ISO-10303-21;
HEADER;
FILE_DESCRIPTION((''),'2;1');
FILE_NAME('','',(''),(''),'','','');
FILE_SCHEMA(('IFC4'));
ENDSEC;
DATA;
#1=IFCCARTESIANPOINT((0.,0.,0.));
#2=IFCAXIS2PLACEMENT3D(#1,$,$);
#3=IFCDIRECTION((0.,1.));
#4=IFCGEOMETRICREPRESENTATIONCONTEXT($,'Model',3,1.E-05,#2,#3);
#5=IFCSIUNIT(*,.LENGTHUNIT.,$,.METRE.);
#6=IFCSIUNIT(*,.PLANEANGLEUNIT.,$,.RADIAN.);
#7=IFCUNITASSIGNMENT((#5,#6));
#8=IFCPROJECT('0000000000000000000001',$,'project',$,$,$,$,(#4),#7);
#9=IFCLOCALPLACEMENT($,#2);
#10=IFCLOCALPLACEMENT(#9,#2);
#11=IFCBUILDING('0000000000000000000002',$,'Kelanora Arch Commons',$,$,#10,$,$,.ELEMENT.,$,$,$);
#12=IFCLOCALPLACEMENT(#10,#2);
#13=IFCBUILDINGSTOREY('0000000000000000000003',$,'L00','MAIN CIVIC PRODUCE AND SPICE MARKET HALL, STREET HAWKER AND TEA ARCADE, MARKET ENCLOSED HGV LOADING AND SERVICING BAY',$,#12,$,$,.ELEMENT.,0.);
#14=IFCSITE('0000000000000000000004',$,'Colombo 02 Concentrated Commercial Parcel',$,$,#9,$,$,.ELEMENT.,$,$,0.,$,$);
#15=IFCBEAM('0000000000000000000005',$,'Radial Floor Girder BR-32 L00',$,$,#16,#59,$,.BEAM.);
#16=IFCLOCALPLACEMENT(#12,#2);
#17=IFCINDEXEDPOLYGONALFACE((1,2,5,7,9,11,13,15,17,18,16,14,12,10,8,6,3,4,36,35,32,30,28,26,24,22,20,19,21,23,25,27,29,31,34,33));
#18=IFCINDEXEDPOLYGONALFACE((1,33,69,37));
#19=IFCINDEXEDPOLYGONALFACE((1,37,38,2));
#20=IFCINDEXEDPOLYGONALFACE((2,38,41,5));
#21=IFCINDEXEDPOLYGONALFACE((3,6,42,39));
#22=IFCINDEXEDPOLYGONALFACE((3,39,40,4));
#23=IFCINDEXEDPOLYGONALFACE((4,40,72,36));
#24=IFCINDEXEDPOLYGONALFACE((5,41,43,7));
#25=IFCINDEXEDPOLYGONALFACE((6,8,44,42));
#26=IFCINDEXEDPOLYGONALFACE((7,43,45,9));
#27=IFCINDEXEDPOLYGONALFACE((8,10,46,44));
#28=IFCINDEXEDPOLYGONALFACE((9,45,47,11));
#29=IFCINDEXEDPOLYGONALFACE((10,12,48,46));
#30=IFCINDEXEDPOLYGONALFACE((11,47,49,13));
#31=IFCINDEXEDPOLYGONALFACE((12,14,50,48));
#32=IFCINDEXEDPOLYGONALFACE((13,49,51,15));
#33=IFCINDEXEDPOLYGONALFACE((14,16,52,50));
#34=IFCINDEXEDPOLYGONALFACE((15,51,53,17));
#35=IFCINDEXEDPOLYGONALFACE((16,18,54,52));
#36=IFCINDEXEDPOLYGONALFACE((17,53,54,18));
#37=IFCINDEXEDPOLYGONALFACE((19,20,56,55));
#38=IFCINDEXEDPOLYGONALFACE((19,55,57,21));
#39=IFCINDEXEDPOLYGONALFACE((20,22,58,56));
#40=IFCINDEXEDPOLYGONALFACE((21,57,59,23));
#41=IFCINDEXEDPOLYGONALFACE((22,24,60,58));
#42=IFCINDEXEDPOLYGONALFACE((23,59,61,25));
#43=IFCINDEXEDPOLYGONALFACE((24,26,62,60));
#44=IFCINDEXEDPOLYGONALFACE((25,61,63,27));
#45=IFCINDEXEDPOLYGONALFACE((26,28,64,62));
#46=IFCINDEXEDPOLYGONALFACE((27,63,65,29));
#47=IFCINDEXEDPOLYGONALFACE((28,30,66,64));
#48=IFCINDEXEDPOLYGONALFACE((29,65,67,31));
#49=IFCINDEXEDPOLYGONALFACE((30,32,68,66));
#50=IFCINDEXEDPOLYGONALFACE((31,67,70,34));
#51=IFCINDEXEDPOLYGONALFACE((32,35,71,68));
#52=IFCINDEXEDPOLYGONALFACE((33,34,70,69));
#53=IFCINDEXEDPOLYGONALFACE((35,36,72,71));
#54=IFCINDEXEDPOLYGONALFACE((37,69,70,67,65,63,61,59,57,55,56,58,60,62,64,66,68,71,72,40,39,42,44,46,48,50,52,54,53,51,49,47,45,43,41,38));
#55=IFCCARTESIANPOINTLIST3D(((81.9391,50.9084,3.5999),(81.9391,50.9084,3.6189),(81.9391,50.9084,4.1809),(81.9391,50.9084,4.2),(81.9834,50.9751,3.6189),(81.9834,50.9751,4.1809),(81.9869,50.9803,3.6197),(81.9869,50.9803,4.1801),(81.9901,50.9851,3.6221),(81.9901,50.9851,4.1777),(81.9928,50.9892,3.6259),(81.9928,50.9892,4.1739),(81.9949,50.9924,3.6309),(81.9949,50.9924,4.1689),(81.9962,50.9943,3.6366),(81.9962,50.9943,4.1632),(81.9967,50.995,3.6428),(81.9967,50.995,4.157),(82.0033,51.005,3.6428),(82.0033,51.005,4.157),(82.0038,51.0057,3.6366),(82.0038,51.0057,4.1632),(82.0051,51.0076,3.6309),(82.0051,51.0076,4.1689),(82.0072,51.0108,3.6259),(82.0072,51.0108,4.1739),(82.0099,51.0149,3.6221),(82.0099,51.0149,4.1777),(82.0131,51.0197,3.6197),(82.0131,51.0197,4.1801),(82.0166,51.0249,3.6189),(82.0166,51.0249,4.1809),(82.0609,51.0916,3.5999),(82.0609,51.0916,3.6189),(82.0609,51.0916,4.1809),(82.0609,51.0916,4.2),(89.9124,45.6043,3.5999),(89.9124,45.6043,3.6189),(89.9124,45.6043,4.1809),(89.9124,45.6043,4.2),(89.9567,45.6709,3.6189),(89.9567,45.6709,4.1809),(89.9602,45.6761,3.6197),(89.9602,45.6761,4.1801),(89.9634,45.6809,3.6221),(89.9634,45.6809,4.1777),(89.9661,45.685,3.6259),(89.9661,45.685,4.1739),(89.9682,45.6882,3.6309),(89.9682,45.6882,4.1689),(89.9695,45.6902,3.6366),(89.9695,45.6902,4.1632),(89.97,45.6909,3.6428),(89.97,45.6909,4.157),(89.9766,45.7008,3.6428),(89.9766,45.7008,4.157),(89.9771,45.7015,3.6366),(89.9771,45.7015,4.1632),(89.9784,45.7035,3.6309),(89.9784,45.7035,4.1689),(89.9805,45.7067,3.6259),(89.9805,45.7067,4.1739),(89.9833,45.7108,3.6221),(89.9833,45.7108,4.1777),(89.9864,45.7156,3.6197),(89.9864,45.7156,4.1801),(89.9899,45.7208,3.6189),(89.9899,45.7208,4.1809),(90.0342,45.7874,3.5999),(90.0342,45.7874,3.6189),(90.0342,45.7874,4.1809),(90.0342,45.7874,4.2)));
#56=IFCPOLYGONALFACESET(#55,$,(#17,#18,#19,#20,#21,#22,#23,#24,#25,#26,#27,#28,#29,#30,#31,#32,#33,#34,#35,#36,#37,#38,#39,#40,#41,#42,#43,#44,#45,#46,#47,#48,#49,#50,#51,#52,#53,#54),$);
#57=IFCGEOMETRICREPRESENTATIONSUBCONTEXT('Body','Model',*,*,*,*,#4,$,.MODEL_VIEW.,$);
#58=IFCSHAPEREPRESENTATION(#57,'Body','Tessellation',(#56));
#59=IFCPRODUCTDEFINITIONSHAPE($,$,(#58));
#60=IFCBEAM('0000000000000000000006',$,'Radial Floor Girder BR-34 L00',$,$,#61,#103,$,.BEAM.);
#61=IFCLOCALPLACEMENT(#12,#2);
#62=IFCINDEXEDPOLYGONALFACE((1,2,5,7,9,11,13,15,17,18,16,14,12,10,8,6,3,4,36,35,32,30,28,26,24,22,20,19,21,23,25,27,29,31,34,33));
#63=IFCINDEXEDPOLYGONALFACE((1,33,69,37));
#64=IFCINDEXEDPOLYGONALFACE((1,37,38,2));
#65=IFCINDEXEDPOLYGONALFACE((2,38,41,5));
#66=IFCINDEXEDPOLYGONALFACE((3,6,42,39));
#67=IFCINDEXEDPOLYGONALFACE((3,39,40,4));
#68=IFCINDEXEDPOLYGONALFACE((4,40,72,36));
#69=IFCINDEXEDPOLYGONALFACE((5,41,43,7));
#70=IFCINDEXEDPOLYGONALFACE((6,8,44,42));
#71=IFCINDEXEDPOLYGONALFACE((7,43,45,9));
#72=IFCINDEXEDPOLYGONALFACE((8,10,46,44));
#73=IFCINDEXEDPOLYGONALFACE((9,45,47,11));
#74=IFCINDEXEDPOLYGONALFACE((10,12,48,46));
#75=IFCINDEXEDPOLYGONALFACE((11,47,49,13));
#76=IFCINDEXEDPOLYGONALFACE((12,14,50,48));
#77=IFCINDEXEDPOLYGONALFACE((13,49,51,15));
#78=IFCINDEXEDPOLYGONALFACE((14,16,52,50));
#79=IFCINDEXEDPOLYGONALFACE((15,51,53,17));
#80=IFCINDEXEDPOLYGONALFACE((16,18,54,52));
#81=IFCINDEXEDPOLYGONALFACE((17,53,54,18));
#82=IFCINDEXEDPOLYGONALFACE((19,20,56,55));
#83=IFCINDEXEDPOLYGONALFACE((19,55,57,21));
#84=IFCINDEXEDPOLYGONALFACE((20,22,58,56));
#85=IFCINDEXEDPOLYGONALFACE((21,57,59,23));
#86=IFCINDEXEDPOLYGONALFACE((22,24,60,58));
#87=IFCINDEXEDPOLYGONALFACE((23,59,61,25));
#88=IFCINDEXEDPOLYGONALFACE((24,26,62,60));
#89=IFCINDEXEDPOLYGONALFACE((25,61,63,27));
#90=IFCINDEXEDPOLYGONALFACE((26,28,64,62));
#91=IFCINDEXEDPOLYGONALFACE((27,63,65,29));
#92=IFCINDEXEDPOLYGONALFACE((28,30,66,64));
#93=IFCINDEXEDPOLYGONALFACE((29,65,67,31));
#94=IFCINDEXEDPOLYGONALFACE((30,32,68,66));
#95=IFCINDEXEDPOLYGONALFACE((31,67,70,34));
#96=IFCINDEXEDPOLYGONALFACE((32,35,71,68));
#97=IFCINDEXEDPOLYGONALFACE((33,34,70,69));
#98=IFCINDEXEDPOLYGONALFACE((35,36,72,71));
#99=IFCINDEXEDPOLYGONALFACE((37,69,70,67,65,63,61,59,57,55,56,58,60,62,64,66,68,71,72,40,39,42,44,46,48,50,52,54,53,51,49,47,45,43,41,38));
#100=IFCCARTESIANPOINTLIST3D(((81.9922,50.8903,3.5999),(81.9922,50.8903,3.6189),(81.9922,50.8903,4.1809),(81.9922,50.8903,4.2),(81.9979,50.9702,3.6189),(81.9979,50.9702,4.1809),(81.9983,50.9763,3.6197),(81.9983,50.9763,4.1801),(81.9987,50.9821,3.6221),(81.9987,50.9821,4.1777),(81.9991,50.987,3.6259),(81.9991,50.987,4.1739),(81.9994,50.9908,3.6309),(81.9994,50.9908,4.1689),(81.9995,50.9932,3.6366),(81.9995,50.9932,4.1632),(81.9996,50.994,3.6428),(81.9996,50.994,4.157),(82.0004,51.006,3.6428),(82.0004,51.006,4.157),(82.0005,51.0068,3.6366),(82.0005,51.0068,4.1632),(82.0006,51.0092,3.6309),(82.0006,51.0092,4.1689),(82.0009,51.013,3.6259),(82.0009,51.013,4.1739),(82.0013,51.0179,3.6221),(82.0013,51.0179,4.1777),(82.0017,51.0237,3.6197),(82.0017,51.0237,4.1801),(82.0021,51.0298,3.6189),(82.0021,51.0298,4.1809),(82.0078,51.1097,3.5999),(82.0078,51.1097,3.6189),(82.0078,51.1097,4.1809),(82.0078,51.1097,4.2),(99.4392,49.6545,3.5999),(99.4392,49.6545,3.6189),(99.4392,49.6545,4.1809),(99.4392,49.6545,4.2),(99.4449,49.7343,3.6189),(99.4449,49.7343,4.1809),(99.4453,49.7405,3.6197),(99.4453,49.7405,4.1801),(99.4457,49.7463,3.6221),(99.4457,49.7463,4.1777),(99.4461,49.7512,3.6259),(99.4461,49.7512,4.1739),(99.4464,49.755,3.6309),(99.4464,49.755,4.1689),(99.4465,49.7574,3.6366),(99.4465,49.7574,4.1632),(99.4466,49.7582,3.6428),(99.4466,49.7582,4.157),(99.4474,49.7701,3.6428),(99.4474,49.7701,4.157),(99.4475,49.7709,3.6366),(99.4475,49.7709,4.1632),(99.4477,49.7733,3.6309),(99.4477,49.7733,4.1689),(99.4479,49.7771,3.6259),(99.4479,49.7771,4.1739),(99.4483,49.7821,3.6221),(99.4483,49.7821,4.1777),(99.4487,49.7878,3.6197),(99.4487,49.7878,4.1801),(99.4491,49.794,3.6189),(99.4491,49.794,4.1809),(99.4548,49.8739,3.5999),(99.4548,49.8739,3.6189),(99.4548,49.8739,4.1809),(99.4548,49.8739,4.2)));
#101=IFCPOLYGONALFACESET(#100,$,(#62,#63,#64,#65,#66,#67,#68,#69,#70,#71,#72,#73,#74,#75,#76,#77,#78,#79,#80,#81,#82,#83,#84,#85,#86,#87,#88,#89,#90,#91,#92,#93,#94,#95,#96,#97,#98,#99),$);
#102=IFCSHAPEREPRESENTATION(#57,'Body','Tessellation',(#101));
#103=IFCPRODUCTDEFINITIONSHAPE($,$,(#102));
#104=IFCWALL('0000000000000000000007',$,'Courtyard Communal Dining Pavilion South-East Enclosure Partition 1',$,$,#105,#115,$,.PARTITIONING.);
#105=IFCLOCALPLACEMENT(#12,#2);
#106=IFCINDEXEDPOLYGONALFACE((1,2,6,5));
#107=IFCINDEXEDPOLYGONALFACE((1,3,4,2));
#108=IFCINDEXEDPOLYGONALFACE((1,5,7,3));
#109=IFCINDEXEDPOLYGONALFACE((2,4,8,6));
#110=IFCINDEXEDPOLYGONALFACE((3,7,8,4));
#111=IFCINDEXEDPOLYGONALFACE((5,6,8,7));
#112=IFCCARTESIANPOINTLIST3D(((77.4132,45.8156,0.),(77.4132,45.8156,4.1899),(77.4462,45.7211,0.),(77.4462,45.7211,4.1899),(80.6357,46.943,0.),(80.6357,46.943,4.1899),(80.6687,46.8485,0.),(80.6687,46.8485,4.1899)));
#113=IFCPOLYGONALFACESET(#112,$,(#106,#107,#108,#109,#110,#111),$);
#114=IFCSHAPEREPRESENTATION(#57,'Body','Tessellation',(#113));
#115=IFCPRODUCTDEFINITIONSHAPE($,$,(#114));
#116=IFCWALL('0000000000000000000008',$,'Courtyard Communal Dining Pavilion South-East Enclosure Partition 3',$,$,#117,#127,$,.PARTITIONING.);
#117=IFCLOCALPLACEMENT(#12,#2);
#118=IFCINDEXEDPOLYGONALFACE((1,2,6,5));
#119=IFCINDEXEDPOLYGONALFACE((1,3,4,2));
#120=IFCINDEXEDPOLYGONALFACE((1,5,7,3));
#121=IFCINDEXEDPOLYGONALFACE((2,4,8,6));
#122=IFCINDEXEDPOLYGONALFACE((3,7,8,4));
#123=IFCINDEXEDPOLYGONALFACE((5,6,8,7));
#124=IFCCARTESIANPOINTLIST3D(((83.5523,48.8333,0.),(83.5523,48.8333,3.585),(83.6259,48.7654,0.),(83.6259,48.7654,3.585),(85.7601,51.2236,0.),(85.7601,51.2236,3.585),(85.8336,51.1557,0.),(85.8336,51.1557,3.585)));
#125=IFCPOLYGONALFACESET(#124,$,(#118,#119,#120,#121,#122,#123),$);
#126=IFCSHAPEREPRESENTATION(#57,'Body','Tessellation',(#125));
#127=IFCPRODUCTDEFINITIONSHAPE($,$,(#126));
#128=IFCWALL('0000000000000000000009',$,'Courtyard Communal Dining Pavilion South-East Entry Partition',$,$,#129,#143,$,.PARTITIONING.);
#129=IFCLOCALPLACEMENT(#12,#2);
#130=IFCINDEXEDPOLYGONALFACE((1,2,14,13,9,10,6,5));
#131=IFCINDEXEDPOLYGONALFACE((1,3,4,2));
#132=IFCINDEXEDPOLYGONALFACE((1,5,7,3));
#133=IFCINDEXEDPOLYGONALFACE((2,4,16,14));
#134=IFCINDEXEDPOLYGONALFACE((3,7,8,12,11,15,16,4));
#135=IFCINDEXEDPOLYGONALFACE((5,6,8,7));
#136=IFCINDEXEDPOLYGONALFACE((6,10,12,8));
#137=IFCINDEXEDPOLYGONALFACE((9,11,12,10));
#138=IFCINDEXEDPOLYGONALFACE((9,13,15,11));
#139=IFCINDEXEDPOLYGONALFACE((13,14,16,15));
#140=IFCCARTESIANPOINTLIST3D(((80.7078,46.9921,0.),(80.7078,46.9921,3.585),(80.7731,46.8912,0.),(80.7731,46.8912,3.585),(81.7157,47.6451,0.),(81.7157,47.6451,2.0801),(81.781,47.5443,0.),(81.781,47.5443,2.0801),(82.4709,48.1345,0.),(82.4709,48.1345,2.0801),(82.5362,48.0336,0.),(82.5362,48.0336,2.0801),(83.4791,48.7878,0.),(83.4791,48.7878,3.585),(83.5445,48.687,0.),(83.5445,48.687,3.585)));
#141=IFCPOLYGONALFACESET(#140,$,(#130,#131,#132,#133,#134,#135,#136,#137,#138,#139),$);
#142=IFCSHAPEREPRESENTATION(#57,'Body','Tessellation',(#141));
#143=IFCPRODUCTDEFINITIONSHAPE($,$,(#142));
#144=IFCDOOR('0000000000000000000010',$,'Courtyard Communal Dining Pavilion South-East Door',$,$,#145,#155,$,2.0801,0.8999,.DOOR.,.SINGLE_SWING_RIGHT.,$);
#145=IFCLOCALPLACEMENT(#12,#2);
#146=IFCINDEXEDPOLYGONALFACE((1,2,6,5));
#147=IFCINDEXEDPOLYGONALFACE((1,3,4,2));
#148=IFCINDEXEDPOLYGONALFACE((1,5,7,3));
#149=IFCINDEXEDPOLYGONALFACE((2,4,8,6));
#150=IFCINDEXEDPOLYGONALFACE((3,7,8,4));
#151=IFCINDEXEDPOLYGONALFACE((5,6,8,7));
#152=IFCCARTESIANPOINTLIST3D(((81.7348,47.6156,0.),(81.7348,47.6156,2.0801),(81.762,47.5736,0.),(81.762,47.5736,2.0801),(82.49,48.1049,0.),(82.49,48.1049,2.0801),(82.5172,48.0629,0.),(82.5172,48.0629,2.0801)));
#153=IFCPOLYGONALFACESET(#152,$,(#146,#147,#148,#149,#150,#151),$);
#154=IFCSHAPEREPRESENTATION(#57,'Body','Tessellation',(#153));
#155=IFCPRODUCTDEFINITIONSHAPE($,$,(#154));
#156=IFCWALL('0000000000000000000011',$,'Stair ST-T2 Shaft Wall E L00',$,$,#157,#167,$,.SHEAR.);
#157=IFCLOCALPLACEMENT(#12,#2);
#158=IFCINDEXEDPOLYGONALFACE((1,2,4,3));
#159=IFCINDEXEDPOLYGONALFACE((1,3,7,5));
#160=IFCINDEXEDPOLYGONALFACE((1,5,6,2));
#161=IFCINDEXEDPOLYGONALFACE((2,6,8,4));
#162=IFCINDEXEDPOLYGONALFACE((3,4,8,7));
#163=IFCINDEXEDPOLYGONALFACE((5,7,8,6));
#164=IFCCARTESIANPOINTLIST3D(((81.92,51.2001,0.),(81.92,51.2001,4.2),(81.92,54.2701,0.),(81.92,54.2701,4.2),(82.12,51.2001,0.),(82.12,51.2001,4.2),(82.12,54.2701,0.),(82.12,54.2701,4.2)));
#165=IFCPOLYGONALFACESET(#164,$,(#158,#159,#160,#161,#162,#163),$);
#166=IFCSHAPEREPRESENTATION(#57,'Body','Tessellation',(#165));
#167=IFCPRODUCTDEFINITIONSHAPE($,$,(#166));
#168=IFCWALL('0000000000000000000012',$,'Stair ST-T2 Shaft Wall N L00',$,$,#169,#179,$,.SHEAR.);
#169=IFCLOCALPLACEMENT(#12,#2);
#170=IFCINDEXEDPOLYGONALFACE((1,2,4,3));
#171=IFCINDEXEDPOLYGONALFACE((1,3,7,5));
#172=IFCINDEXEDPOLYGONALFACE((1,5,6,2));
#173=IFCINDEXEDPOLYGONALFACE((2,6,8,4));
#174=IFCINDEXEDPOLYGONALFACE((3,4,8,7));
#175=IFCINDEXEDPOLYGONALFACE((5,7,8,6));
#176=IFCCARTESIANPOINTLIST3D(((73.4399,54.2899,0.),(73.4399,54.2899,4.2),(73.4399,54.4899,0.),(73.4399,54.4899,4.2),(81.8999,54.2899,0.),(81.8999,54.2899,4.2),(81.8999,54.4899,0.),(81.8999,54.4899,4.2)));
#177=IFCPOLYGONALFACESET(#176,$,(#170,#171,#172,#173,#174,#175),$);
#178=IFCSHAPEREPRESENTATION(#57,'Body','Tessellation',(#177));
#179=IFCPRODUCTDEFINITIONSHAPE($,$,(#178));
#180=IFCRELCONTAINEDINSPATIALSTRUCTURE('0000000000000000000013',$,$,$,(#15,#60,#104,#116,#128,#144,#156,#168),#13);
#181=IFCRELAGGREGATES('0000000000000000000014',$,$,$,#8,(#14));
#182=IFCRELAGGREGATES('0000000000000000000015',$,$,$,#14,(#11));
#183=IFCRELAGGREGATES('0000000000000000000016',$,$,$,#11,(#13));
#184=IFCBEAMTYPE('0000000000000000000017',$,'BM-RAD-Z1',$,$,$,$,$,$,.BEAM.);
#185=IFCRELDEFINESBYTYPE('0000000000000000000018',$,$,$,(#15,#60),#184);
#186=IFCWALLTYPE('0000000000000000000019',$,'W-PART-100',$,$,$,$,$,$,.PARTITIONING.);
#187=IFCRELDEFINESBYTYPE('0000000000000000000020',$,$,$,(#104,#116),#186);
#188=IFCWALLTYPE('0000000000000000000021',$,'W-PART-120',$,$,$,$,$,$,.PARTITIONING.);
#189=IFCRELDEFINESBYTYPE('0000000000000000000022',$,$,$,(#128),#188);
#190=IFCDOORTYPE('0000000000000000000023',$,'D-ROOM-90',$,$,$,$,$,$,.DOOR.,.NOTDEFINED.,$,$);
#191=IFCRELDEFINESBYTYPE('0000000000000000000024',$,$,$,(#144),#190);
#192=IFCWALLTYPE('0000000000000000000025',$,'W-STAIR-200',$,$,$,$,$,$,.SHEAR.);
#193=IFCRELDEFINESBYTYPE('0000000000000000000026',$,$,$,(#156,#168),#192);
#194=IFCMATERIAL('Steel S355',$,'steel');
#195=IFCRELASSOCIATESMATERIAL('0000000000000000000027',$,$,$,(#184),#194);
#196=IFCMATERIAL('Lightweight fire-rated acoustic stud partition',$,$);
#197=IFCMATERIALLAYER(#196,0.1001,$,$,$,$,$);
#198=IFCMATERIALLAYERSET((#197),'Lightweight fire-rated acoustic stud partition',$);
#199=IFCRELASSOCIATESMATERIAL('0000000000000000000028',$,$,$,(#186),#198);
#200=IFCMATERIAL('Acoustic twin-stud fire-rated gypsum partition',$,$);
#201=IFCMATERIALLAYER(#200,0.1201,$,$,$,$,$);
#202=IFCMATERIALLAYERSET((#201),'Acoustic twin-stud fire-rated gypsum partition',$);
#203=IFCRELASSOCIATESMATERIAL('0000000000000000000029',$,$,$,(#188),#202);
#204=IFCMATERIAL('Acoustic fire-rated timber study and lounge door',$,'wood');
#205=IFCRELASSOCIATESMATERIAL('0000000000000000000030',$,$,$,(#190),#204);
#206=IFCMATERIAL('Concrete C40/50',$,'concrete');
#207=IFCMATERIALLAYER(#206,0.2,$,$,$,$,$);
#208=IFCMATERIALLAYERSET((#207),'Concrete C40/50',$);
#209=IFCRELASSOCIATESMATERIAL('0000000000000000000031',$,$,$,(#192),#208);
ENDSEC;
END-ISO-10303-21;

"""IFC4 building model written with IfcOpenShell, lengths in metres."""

from ifc_helpers import new_model, si_unit, direction, frame, frame_2d, origin, origin_2d, place, context, subcontext, project, spatial, rectangle, i_section, extrude, material, layer, layer_set, material_profile, profile_set, type_object, element, fill, save


model = new_model("IFC4")

# Units and contexts
model_context = context("Model", 3, precision=1e-05, world=origin(), true_north=direction((0.0, 1.0)))
body_context = subcontext(model_context, "Body", "Model", "MODEL_VIEW")
ifc_project = project(units=[si_unit("LENGTHUNIT", "METRE"), si_unit("PLANEANGLEUNIT", "RADIAN")], contexts=[model_context])

# Site, building, storey
site_placement = place(None, origin())
site = spatial("IfcSite", under=ifc_project, at=site_placement, Name="Colombo 02 Concentrated Commercial Parcel", CompositionType="ELEMENT", RefElevation=0.0)
building_placement = place(site_placement, origin())
building = spatial("IfcBuilding", under=site, at=building_placement, Name="Kelanora Arch Commons", CompositionType="ELEMENT")
storey_placement = place(building_placement, origin())
storey = spatial("IfcBuildingStorey", under=building, at=storey_placement, Name="L00", Description="MAIN CIVIC PRODUCE AND SPICE MARKET HALL, STREET HAWKER AND TEA ARCADE, MARKET ENCLOSED HGV LOADING AND SERVICING BAY", CompositionType="ELEMENT", Elevation=0.0)

# Beams
ifc_material_1 = material(Name="Steel S355", Category="steel")
ifc_material_profile_1 = material_profile(ifc_material_1, i_section(OverallWidth=0.22, OverallDepth=0.6001, WebThickness=0.012, FlangeThickness=0.019, FilletRadius=0.0239, at=origin_2d()), Name="IPE600")
ifc_profile_set_1 = profile_set([ifc_material_profile_1], Name="Steel S355")
beam_type_1 = type_object("IfcBeamType", Name="BM-RAD-Z1", PredefinedType="BEAM", material=ifc_profile_set_1)
beam_1_placement = place(storey_placement, frame((82.0, 51.0, 3.8999), z_axis=(0.832599, -0.553876, 0.0), x_axis=(0.553876, 0.832599, 0.0)))
element("IfcBeam", 1, at=beam_1_placement, inside=storey, type_object=beam_type_1, Name="Radial Floor Girder BR-32 L00", PredefinedType="BEAM", context=body_context, shape_type="SweptSolid", body=[
    extrude(i_section(OverallWidth=0.22, OverallDepth=0.6001, WebThickness=0.012, FlangeThickness=0.019, FilletRadius=0.0239, at=origin_2d()), origin(), (0.0, 0.0, 1.0), 9.5764),
])
beam_2_placement = place(storey_placement, frame((82.0, 51.0, 3.8999), z_axis=(0.997501, -0.070657, 0.0), x_axis=(0.070657, 0.997501, 0.0)))
element("IfcBeam", 2, at=beam_2_placement, inside=storey, type_object=beam_type_1, Name="Radial Floor Girder BR-34 L00", PredefinedType="BEAM", context=body_context, shape_type="SweptSolid", body=[
    extrude(i_section(OverallWidth=0.22, OverallDepth=0.6001, WebThickness=0.012, FlangeThickness=0.019, FilletRadius=0.0239, at=origin_2d()), origin(), (0.0, 0.0, 1.0), 17.4907),
])

# Walls
ifc_material_2 = material(Name="Lightweight fire-rated acoustic stud partition")
ifc_layer_1 = layer(ifc_material_2, 0.1001)
ifc_layer_set_1 = layer_set([ifc_layer_1], Name="Lightweight fire-rated acoustic stud partition")
wall_type_1 = type_object("IfcWallType", Name="W-PART-100", PredefinedType="PARTITIONING", material=ifc_layer_set_1)
wall_1_placement = place(storey_placement, frame((77.4297, 45.7683, 0.0), z_axis=(0.0, 0.0, 1.0), x_axis=(0.943895, 0.330245, 0.0)))
element("IfcWall", 3, at=wall_1_placement, inside=storey, type_object=wall_type_1, Name="Courtyard Communal Dining Pavilion South-East Enclosure Partition 1", PredefinedType="PARTITIONING", context=body_context, shape_type="SweptSolid", body=[
    extrude(rectangle(XDim=3.4141, YDim=0.1001, at=frame_2d((1.707, 0.0))), origin(), (0.0, 0.0, 1.0), 4.1899),
])
wall_2_placement = place(storey_placement, frame((83.5891, 48.7993, 0.0), z_axis=(0.0, 0.0, 1.0), x_axis=(0.678489, 0.734611, 0.0)))
element("IfcWall", 4, at=wall_2_placement, inside=storey, type_object=wall_type_1, Name="Courtyard Communal Dining Pavilion South-East Enclosure Partition 3", PredefinedType="PARTITIONING", context=body_context, shape_type="SweptSolid", body=[
    extrude(rectangle(XDim=3.2539, YDim=0.1001, at=frame_2d((1.627, 0.0))), origin(), (0.0, 0.0, 1.0), 3.585),
])

# Wall, opening, door
ifc_material_3 = material(Name="Acoustic twin-stud fire-rated gypsum partition")
ifc_layer_2 = layer(ifc_material_3, 0.1201)
ifc_layer_set_2 = layer_set([ifc_layer_2], Name="Acoustic twin-stud fire-rated gypsum partition")
wall_type_2 = type_object("IfcWallType", Name="W-PART-120", PredefinedType="PARTITIONING", material=ifc_layer_set_2)
wall_3_placement = place(storey_placement, frame((80.7405, 46.9417, 0.0), z_axis=(0.0, 0.0, 1.0), x_axis=(0.839225, 0.543785, 0.0)))
wall_3 = element("IfcWall", 5, at=wall_3_placement, inside=storey, type_object=wall_type_2, Name="Courtyard Communal Dining Pavilion South-East Entry Partition", PredefinedType="PARTITIONING", context=body_context, shape_type="SweptSolid", body=[
    extrude(rectangle(XDim=3.3022, YDim=0.1201, at=frame_2d((1.6511, 0.0))), origin(), (0.0, 0.0, 1.0), 3.585),
])
opening_placement = place(wall_3_placement, frame((1.2009, 0.0, 0.0)))
opening = element("IfcOpeningElement", 6, at=opening_placement, cuts=wall_3, PredefinedType="OPENING", context=body_context, shape_type="SweptSolid", body=[
    extrude(rectangle(XDim=0.8999, YDim=2.0801, at=frame_2d((0.45, 1.04))), frame((0.0, 0.0701, 0.0), z_axis=(0.0, -1.0, 0.0), x_axis=(1.0, 0.0, 0.0)), (0.0, 0.0, 1.0), 0.1401),
])
ifc_material_4 = material(Name="Acoustic fire-rated timber study and lounge door", Category="wood")
door_type = type_object("IfcDoorType", Name="D-ROOM-90", OperationType="NOTDEFINED", PredefinedType="DOOR", material=ifc_material_4)
door_placement = place(opening_placement, origin())
door = element("IfcDoor", 7, at=door_placement, inside=storey, type_object=door_type, Name="Courtyard Communal Dining Pavilion South-East Door", OperationType="SINGLE_SWING_RIGHT", OverallHeight=2.0801, OverallWidth=0.8999, PredefinedType="DOOR", context=body_context, shape_type="SweptSolid", body=[
    extrude(rectangle(XDim=0.8999, YDim=2.0801, at=frame_2d((0.45, 1.04))), frame((0.0, 0.0249, 0.0), z_axis=(0.0, -1.0, 0.0), x_axis=(1.0, 0.0, 0.0)), (0.0, 0.0, 1.0), 0.05),
])
fill(opening, door)

# Walls
ifc_material_5 = material(Name="Concrete C40/50", Category="concrete")
ifc_layer_3 = layer(ifc_material_5, 0.2)
ifc_layer_set_3 = layer_set([ifc_layer_3], Name="Concrete C40/50")
wall_type_3 = type_object("IfcWallType", Name="W-STAIR-200", PredefinedType="SHEAR", material=ifc_layer_set_3)
wall_4_placement = place(storey_placement, frame((82.02, 51.2, 0.0), z_axis=(0.0, 0.0, 1.0), x_axis=(0.0, 1.0, 0.0)))
element("IfcWall", 8, at=wall_4_placement, inside=storey, type_object=wall_type_3, Name="Stair ST-T2 Shaft Wall E L00", PredefinedType="SHEAR", context=body_context, shape_type="SweptSolid", body=[
    extrude(rectangle(XDim=3.0701, YDim=0.2, at=frame_2d((1.5352, 0.0))), origin(), (0.0, 0.0, 1.0), 4.2),
])
wall_5_placement = place(storey_placement, frame((81.8999, 54.3899, 0.0), z_axis=(0.0, 0.0, 1.0), x_axis=(-1.0, 0.0, 0.0)))
element("IfcWall", 9, at=wall_5_placement, inside=storey, type_object=wall_type_3, Name="Stair ST-T2 Shaft Wall N L00", PredefinedType="SHEAR", context=body_context, shape_type="SweptSolid", body=[
    extrude(rectangle(XDim=8.46, YDim=0.2, at=frame_2d((4.23, 0.0))), origin(), (0.0, 0.0, 1.0), 4.2),
])

save(model, "model.ifc")
